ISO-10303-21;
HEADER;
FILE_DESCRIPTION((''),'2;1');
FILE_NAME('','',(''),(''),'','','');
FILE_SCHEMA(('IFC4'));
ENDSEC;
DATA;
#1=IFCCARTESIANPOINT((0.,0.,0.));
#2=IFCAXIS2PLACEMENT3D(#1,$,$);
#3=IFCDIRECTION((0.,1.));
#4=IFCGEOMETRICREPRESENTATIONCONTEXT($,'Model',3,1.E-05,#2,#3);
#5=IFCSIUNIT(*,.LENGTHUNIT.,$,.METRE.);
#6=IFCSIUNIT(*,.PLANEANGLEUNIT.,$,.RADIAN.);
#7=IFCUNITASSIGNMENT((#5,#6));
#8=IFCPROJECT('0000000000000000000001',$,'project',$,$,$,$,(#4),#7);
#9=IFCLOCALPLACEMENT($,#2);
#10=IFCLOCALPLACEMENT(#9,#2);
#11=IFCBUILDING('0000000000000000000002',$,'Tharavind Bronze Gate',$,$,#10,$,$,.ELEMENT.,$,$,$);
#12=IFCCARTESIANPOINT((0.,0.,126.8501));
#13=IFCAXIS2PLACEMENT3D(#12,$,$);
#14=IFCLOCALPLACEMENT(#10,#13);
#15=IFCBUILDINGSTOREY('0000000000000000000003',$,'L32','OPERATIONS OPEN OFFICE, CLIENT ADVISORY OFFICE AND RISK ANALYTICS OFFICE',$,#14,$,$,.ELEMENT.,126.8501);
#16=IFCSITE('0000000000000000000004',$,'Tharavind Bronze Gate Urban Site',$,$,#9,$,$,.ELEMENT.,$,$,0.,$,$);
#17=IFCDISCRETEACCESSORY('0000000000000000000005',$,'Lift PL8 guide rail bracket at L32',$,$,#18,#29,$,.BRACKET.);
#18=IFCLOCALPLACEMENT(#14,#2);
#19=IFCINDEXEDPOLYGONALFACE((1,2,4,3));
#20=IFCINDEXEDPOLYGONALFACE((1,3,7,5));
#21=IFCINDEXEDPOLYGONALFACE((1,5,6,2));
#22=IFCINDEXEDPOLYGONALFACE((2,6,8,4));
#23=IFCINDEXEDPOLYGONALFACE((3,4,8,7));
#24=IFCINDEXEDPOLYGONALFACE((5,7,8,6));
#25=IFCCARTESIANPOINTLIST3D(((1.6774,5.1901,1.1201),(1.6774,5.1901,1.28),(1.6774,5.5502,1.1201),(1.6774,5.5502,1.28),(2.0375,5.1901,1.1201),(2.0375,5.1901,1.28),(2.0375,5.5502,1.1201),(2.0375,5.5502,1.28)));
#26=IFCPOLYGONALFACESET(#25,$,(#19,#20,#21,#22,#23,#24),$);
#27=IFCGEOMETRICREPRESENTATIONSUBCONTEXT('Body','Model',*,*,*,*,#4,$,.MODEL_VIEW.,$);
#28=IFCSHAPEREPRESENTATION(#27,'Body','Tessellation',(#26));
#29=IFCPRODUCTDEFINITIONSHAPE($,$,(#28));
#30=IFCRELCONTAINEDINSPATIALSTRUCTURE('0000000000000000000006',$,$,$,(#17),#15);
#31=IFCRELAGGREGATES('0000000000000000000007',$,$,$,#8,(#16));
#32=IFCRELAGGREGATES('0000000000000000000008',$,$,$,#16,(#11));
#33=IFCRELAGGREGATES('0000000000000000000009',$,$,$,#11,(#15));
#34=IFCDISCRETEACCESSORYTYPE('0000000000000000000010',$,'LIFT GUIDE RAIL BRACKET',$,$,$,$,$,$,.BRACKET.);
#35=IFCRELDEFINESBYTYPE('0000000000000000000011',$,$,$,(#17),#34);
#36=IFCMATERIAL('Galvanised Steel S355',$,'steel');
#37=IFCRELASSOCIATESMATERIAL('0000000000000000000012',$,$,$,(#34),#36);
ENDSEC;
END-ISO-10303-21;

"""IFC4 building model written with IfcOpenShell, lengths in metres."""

from ifc_helpers import new_model, si_unit, direction, frame, origin, origin_2d, place, context, subcontext, project, spatial, rectangle, extrude, material, type_object, element, save


model = new_model("IFC4")

# Units and contexts
model_context = context("Model", 3, precision=1e-05, world=origin(), true_north=direction((0.0, 1.0)))
body_context = subcontext(model_context, "Body", "Model", "MODEL_VIEW")
ifc_project = project(units=[si_unit("LENGTHUNIT", "METRE"), si_unit("PLANEANGLEUNIT", "RADIAN")], contexts=[model_context])

# Site, building, storey
site_placement = place(None, origin())
site = spatial("IfcSite", under=ifc_project, at=site_placement, Name="Tharavind Bronze Gate Urban Site", CompositionType="ELEMENT", RefElevation=0.0)
building_placement = place(site_placement, origin())
building = spatial("IfcBuilding", under=site, at=building_placement, Name="Tharavind Bronze Gate", CompositionType="ELEMENT")
storey_placement = place(building_placement, frame((0.0, 0.0, 126.8501)))
storey = spatial("IfcBuildingStorey", under=building, at=storey_placement, Name="L32", Description="OPERATIONS OPEN OFFICE, CLIENT ADVISORY OFFICE AND RISK ANALYTICS OFFICE", CompositionType="ELEMENT", Elevation=126.8501)

# Discrete accessory
ifc_material_1 = material(Name="Galvanised Steel S355", Category="steel")
discrete_accessory_type = type_object("IfcDiscreteAccessoryType", Name="LIFT GUIDE RAIL BRACKET", PredefinedType="BRACKET", material=ifc_material_1)
for number, where, z_axis, x_axis, name in (
    (1, (1.8574, 5.3701, 1.1201), (0.0, 0.0, 1.0), (1.0, 0.0, 0.0), "Lift PL8 guide rail bracket at L32"),
):
    element("IfcDiscreteAccessory", number, at=place(storey_placement, frame(where, z_axis=z_axis, x_axis=x_axis)), inside=storey, type_object=discrete_accessory_type, Name=name, PredefinedType="BRACKET", context=body_context, shape_type="SweptSolid", body=[
        extrude(rectangle(XDim=0.3601, YDim=0.3601, at=origin_2d()), origin(), (0.0, 0.0, 1.0), 0.1599),
    ])

save(model, "model.ifc")
